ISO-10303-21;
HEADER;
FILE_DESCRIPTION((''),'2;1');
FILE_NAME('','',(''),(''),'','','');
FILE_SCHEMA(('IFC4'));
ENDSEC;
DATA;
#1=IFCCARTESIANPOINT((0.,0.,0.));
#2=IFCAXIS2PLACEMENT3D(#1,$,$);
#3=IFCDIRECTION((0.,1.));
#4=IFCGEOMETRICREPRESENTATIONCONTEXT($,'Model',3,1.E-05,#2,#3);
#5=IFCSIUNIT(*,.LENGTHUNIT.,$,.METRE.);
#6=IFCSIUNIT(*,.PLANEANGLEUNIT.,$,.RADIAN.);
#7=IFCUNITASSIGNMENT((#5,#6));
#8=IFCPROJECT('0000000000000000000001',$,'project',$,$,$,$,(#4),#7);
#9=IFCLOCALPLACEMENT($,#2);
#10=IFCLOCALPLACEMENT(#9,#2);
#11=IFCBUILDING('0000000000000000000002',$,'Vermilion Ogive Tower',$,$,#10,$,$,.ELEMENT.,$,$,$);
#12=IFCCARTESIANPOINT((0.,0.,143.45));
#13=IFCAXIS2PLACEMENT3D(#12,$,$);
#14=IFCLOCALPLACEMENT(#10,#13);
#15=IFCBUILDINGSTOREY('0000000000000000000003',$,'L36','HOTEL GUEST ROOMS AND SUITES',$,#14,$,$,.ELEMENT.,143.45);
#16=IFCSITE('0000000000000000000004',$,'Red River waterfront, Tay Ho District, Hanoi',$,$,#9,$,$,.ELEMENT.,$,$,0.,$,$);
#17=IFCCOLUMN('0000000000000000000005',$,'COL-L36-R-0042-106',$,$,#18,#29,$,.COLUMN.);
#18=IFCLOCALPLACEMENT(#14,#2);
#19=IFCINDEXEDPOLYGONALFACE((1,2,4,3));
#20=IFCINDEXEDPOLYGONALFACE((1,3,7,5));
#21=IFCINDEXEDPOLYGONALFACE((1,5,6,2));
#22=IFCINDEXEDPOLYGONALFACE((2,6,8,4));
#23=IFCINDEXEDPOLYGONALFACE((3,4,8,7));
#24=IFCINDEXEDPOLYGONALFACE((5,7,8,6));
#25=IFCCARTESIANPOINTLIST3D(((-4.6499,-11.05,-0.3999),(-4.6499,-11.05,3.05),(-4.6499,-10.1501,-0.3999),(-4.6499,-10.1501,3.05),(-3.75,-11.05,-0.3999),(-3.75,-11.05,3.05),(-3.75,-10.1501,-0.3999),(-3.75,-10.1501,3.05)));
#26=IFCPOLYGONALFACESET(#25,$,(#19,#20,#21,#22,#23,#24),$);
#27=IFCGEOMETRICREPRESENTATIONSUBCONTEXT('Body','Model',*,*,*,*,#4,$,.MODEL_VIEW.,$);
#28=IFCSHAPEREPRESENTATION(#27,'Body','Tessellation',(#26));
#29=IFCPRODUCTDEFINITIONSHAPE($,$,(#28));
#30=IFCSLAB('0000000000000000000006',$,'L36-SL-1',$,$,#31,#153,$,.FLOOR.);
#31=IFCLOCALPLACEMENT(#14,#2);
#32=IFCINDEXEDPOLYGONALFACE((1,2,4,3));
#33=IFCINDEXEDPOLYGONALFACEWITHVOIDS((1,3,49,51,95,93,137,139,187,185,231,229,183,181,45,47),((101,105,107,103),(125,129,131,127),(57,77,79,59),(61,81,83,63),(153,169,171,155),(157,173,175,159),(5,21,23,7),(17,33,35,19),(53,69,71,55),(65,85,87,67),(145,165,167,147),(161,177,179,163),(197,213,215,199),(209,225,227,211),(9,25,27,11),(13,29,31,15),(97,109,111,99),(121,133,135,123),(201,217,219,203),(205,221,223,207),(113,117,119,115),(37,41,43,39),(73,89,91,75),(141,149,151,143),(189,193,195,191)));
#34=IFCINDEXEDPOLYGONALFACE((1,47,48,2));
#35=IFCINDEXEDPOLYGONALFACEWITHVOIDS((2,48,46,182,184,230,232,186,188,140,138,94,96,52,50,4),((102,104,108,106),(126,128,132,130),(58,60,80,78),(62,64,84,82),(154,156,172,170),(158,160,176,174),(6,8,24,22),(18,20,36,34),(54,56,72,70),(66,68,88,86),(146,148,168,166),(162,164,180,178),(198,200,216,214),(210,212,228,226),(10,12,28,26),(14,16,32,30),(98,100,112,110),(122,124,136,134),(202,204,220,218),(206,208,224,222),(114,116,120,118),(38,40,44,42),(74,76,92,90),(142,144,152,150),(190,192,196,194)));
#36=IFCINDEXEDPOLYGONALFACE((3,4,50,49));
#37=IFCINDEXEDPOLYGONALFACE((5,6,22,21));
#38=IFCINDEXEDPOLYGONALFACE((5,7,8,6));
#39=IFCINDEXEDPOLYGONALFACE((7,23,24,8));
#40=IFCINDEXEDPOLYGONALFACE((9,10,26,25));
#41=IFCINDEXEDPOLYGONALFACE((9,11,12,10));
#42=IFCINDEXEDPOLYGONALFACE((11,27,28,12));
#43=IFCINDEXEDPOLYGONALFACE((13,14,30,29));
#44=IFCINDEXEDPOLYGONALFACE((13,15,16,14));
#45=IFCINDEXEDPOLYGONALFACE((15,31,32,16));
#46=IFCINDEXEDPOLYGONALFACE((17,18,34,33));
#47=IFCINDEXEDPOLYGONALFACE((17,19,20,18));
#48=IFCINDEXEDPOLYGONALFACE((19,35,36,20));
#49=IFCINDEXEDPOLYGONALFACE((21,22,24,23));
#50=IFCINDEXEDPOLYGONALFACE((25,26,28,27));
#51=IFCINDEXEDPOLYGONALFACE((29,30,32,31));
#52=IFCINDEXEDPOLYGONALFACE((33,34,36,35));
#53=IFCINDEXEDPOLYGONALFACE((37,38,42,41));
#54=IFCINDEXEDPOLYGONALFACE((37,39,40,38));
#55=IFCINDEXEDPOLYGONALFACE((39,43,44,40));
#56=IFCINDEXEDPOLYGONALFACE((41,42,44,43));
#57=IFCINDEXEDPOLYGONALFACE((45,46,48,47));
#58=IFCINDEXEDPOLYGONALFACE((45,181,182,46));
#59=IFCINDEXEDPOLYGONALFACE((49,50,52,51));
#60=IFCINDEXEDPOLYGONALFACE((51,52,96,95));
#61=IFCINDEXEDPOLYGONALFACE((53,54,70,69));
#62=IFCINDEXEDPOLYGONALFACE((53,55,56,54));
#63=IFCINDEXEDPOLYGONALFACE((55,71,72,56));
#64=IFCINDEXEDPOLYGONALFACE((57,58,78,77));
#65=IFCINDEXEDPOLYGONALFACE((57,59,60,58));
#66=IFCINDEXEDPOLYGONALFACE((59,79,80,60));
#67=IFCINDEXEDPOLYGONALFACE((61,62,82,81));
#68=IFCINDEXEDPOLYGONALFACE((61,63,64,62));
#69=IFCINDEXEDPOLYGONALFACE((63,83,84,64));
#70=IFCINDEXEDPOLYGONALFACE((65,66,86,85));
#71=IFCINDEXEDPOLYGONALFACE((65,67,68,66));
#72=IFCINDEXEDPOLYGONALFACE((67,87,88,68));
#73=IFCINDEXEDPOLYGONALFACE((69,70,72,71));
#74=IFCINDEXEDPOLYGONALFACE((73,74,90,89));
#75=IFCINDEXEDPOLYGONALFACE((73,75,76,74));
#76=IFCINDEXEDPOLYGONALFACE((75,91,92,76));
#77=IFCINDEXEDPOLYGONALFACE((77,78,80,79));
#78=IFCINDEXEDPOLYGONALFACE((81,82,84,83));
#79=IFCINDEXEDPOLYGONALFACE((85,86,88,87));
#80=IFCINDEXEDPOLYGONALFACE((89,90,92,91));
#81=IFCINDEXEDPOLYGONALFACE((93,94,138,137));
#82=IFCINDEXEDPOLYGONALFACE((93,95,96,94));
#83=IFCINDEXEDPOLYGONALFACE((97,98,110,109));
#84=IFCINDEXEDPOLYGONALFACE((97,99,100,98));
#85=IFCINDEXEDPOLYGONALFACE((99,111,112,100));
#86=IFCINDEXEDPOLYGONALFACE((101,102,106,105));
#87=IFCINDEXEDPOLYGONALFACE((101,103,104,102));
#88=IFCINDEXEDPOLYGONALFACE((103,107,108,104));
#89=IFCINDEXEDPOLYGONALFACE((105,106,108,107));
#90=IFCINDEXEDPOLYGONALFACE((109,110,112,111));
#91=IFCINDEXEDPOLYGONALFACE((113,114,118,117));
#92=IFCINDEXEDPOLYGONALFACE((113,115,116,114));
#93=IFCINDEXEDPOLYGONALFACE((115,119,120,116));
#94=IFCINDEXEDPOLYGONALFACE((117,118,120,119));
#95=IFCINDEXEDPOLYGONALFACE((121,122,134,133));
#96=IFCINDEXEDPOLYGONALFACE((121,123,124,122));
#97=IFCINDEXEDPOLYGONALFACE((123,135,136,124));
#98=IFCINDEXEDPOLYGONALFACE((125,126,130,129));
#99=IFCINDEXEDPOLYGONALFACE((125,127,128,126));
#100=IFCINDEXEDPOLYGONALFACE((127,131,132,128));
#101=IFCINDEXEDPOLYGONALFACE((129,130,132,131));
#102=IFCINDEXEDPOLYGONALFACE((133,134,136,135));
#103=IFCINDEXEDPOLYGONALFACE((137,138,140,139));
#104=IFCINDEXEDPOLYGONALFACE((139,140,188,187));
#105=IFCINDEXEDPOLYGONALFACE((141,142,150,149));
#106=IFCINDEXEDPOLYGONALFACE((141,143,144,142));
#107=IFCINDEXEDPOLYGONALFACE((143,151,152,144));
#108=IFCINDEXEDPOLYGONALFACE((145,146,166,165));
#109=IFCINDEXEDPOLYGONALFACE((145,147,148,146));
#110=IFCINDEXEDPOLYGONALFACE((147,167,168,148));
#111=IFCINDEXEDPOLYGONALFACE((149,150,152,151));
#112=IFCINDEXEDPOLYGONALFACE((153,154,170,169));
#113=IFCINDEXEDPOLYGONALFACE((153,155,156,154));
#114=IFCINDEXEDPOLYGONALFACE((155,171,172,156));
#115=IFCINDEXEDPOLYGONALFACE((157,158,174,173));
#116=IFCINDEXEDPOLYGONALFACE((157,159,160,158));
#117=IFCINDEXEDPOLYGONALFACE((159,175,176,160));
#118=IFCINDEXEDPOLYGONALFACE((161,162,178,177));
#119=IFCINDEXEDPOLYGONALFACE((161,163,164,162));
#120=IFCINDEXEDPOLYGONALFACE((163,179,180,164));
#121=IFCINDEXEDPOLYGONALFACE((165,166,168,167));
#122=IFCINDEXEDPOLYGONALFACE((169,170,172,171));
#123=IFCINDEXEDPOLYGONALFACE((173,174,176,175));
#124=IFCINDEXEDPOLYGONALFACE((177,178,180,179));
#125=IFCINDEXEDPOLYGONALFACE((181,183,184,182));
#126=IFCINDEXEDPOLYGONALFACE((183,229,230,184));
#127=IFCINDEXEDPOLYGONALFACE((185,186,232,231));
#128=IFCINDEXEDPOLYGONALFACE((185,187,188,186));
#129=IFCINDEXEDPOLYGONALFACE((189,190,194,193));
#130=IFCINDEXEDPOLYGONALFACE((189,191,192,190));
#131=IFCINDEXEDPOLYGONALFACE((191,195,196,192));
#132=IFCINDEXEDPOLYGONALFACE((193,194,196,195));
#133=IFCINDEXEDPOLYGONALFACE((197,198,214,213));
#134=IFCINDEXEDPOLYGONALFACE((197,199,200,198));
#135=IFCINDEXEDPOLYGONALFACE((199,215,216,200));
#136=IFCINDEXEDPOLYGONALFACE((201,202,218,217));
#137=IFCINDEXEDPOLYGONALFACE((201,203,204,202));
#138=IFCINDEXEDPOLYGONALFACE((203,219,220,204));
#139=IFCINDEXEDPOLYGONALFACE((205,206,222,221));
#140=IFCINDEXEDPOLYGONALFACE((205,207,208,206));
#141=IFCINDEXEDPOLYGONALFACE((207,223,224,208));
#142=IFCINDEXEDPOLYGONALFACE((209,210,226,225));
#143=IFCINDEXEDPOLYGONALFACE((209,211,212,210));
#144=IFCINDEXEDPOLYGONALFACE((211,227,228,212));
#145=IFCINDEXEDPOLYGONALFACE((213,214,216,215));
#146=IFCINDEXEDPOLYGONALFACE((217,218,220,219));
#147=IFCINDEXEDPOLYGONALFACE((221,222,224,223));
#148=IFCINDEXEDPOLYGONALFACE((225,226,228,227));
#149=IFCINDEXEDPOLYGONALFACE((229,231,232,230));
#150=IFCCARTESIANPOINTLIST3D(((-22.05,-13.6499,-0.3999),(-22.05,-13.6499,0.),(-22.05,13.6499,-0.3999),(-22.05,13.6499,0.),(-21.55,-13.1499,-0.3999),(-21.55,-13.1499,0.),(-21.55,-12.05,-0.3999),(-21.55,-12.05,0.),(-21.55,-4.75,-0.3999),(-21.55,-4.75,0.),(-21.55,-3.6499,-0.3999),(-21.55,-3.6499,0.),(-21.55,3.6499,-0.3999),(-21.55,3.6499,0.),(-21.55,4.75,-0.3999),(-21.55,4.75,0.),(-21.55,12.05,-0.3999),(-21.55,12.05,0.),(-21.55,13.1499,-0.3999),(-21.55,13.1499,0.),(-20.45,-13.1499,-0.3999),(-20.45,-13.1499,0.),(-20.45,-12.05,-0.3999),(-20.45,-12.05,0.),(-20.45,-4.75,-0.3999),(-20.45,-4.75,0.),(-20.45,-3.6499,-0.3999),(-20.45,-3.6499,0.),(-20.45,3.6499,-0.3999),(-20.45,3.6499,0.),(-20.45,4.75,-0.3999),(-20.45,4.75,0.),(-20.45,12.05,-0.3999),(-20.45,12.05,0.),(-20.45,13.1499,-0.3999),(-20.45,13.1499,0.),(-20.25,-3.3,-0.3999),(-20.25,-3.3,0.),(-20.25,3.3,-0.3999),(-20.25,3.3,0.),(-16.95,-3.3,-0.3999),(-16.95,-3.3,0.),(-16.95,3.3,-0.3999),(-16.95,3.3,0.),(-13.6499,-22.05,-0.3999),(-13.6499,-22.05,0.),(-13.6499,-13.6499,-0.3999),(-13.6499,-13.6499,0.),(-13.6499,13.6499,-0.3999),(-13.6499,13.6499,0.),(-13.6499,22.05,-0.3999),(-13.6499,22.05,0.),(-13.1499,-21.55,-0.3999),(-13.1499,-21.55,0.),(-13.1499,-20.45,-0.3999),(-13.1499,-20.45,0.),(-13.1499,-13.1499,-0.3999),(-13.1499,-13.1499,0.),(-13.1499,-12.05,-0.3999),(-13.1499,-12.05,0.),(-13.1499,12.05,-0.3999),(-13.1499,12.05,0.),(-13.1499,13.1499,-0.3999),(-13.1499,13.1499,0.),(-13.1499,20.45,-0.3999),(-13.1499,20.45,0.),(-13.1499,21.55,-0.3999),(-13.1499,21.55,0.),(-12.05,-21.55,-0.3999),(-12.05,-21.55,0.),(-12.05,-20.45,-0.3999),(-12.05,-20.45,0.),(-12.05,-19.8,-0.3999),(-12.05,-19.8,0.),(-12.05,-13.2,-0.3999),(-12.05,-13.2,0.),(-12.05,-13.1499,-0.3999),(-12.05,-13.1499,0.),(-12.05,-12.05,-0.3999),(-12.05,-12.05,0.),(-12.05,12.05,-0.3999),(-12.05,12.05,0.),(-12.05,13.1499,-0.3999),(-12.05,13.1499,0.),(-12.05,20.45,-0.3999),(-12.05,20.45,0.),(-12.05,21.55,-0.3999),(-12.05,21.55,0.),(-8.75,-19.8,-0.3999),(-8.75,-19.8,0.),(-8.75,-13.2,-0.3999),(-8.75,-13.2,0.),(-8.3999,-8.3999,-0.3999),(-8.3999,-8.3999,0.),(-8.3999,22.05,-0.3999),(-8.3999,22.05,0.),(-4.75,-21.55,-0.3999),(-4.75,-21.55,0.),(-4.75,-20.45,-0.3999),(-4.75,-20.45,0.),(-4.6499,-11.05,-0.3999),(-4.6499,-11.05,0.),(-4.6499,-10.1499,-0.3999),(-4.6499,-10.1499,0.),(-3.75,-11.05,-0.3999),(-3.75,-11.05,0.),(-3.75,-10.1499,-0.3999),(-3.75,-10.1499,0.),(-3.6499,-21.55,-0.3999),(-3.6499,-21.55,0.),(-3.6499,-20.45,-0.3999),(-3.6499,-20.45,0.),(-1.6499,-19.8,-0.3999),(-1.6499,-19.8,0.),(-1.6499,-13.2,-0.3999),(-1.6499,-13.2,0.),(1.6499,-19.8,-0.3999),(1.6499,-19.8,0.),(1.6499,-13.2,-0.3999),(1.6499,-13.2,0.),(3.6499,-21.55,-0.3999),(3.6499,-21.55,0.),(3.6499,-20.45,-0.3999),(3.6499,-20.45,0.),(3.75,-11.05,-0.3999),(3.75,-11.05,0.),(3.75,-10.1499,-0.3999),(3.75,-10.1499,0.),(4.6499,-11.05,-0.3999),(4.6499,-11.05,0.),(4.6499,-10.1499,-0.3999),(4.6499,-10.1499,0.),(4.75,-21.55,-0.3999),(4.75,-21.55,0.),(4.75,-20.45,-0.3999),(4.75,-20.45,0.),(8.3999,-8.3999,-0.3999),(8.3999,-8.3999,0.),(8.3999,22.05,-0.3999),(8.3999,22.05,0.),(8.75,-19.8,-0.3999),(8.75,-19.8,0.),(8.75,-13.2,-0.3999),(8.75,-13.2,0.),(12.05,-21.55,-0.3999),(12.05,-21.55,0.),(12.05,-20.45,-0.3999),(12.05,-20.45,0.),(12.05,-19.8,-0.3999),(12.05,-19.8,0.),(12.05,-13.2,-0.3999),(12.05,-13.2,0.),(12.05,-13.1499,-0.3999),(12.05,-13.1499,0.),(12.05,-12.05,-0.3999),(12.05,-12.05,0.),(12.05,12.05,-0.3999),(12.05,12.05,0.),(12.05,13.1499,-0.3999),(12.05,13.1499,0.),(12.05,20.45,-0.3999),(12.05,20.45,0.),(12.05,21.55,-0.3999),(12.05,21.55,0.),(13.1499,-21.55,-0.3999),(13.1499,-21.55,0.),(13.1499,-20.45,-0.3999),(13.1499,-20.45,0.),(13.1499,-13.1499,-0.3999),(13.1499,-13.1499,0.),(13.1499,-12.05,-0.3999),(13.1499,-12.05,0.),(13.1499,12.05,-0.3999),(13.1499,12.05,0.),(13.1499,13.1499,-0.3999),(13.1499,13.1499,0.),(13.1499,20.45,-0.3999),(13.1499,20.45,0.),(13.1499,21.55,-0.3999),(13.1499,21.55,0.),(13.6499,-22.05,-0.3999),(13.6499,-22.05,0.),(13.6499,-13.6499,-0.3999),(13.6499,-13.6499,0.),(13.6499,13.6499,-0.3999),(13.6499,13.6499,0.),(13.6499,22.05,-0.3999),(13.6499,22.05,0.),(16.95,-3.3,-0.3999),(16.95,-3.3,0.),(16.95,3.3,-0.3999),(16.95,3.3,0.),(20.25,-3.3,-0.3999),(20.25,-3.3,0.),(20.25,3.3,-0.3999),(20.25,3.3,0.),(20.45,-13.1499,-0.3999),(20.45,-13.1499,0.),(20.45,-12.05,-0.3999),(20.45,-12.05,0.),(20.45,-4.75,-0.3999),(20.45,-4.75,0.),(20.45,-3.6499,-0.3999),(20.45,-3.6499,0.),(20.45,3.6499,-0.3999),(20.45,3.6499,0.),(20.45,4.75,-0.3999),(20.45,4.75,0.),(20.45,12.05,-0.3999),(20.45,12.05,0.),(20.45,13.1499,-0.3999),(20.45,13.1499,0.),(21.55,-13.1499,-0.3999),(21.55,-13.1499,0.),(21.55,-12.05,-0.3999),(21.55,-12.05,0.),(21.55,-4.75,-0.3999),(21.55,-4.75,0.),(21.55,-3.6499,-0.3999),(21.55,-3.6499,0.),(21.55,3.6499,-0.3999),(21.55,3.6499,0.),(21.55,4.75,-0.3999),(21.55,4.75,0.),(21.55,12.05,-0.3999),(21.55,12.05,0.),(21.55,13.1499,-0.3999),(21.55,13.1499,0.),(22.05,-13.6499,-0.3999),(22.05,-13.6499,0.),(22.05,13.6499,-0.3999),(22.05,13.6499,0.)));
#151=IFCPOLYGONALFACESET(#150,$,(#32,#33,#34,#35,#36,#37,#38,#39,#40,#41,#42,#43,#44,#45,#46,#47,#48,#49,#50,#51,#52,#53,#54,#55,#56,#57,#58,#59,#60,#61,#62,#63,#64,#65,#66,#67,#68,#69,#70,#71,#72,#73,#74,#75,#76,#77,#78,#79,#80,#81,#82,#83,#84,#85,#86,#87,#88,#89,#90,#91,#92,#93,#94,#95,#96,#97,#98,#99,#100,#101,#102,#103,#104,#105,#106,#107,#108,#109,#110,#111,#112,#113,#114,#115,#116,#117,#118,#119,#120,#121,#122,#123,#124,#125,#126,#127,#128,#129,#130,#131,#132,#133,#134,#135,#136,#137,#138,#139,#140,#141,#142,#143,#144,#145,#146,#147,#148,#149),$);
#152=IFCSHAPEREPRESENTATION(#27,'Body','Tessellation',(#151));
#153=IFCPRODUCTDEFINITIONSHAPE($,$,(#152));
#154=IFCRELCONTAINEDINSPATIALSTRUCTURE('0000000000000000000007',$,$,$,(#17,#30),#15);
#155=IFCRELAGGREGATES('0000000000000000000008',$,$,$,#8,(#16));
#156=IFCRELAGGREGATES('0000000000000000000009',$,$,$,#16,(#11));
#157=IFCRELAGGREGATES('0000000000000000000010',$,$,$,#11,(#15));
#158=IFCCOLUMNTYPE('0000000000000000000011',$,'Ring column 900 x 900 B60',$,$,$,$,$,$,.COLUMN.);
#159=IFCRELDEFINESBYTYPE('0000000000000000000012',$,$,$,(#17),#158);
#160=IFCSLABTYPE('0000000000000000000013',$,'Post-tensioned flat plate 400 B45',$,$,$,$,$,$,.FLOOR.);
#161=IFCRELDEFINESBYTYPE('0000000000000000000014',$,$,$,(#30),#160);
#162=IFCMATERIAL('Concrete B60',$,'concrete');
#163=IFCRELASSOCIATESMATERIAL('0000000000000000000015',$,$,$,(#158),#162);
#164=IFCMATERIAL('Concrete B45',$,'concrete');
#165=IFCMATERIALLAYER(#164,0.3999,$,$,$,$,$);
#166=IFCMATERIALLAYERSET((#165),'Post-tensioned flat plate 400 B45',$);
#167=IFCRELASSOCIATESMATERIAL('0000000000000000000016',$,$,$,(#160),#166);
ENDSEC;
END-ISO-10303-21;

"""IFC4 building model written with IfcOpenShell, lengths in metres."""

from ifc_helpers import new_model, si_unit, direction, frame, origin, origin_2d, place, context, subcontext, project, spatial, polyline, rectangle, outline, extrude, material, layer, layer_set, material_profile, profile_set, type_object, element, save


model = new_model("IFC4")

# Units and contexts
model_context = context("Model", 3, precision=1e-05, world=origin(), true_north=direction((0.0, 1.0)))
body_context = subcontext(model_context, "Body", "Model", "MODEL_VIEW")
ifc_project = project(units=[si_unit("LENGTHUNIT", "METRE"), si_unit("PLANEANGLEUNIT", "RADIAN")], contexts=[model_context])

# Site, building, storey
site_placement = place(None, origin())
site = spatial("IfcSite", under=ifc_project, at=site_placement, Name="Red River waterfront, Tay Ho District, Hanoi", CompositionType="ELEMENT", RefElevation=0.0)
building_placement = place(site_placement, origin())
building = spatial("IfcBuilding", under=site, at=building_placement, Name="Vermilion Ogive Tower", CompositionType="ELEMENT")
storey_placement = place(building_placement, frame((0.0, 0.0, 143.45)))
storey = spatial("IfcBuildingStorey", under=building, at=storey_placement, Name="L36", Description="HOTEL GUEST ROOMS AND SUITES", CompositionType="ELEMENT", Elevation=143.45)

# Column
ifc_material_1 = material(Name="Concrete B60", Category="concrete")
ifc_material_profile = material_profile(ifc_material_1, rectangle(XDim=0.8999, YDim=0.8999, at=origin_2d()), Name="900 x 900")
ifc_profile_set = profile_set([ifc_material_profile], Name="Concrete B60")
column_type = type_object("IfcColumnType", Name="Ring column 900 x 900 B60", PredefinedType="COLUMN", material=ifc_profile_set)
column_placement = place(storey_placement, frame((-4.2, -10.6001, -0.3999), z_axis=(0.0, 0.0, 1.0), x_axis=(1.0, 0.0, 0.0)))
element("IfcColumn", 1, at=column_placement, inside=storey, type_object=column_type, Name="COL-L36-R-0042-106", PredefinedType="COLUMN", context=body_context, shape_type="SweptSolid", body=[
    extrude(rectangle(XDim=0.8999, YDim=0.8999, at=origin_2d()), origin(), (0.0, 0.0, 1.0), 3.45),
])

# Slab
ifc_material_2 = material(Name="Concrete B45", Category="concrete")
ifc_layer_1 = layer(ifc_material_2, 0.3999)
ifc_layer_set_1 = layer_set([ifc_layer_1], Name="Post-tensioned flat plate 400 B45")
slab_type = type_object("IfcSlabType", Name="Post-tensioned flat plate 400 B45", PredefinedType="FLOOR", material=ifc_layer_set_1)
slab_placement = place(storey_placement, frame((0.0, 0.0, -0.3999)))
element("IfcSlab", 2, at=slab_placement, inside=storey, type_object=slab_type, Name="L36-SL-1", PredefinedType="FLOOR", context=body_context, shape_type="SweptSolid", body=[
    extrude(outline(polyline([(-13.6499, -13.6499), (-22.05, -13.6499), (-22.05, 13.6499), (-13.6499, 13.6499), (-13.6499, 22.05), (-8.3999, 22.05), (-8.3999, -8.3999), (8.3999, -8.3999), (8.3999, 22.05), (13.6499, 22.05), (13.6499, 13.6499), (22.05, 13.6499), (22.05, -13.6499), (13.6499, -13.6499), (13.6499, -22.05), (-13.6499, -22.05), (-13.6499, -13.6499)]), holes=[polyline([(21.55, 12.05), (21.55, 13.1499), (20.45, 13.1499), (20.45, 12.05), (21.55, 12.05)]), polyline([(21.55, 3.6499), (21.55, 4.75), (20.45, 4.75), (20.45, 3.6499), (21.55, 3.6499)]), polyline([(21.55, -4.75), (21.55, -3.6499), (20.45, -3.6499), (20.45, -4.75), (21.55, -4.75)]), polyline([(21.55, -13.1499), (21.55, -12.05), (20.45, -12.05), (20.45, -13.1499), (21.55, -13.1499)]), polyline([(20.25, -3.3), (20.25, 3.3), (16.95, 3.3), (16.95, -3.3), (20.25, -3.3)]), polyline([(13.1499, 20.45), (13.1499, 21.55), (12.05, 21.55), (12.05, 20.45), (13.1499, 20.45)]), polyline([(13.1499, 12.05), (13.1499, 13.1499), (12.05, 13.1499), (12.05, 12.05), (13.1499, 12.05)]), polyline([(13.1499, -13.1499), (13.1499, -12.05), (12.05, -12.05), (12.05, -13.1499), (13.1499, -13.1499)]), polyline([(13.1499, -21.55), (13.1499, -20.45), (12.05, -20.45), (12.05, -21.55), (13.1499, -21.55)]), polyline([(12.05, -19.8), (12.05, -13.2), (8.75, -13.2), (8.75, -19.8), (12.05, -19.8)]), polyline([(4.75, -20.45), (3.6499, -20.45), (3.6499, -21.55), (4.75, -21.55), (4.75, -20.45)]), polyline([(4.6499, -11.05), (4.6499, -10.1499), (3.75, -10.1499), (3.75, -11.05), (4.6499, -11.05)]), polyline([(1.6499, -19.8), (1.6499, -13.2), (-1.6499, -13.2), (-1.6499, -19.8), (1.6499, -19.8)]), polyline([(-3.6499, -21.55), (-3.6499, -20.45), (-4.75, -20.45), (-4.75, -21.55), (-3.6499, -21.55)]), polyline([(-3.75, -11.05), (-3.75, -10.1499), (-4.6499, -10.1499), (-4.6499, -11.05), (-3.75, -11.05)]), polyline([(-8.75, -19.8), (-8.75, -13.2), (-12.05, -13.2), (-12.05, -19.8), (-8.75, -19.8)]), polyline([(-12.05, 20.45), (-12.05, 21.55), (-13.1499, 21.55), (-13.1499, 20.45), (-12.05, 20.45)]), polyline([(-12.05, 12.05), (-12.05, 13.1499), (-13.1499, 13.1499), (-13.1499, 12.05), (-12.05, 12.05)]), polyline([(-12.05, -13.1499), (-12.05, -12.05), (-13.1499, -12.05), (-13.1499, -13.1499), (-12.05, -13.1499)]), polyline([(-12.05, -20.45), (-13.1499, -20.45), (-13.1499, -21.55), (-12.05, -21.55), (-12.05, -20.45)]), polyline([(-16.95, -3.3), (-16.95, 3.3), (-20.25, 3.3), (-20.25, -3.3), (-16.95, -3.3)]), polyline([(-20.45, -13.1499), (-20.45, -12.05), (-21.55, -12.05), (-21.55, -13.1499), (-20.45, -13.1499)]), polyline([(-20.45, 12.05), (-20.45, 13.1499), (-21.55, 13.1499), (-21.55, 12.05), (-20.45, 12.05)]), polyline([(-20.45, 3.6499), (-20.45, 4.75), (-21.55, 4.75), (-21.55, 3.6499), (-20.45, 3.6499)]), polyline([(-20.45, -4.75), (-20.45, -3.6499), (-21.55, -3.6499), (-21.55, -4.75), (-20.45, -4.75)])]), origin(), (0.0, 0.0, 1.0), 0.3999),
])

save(model, "model.ifc")
